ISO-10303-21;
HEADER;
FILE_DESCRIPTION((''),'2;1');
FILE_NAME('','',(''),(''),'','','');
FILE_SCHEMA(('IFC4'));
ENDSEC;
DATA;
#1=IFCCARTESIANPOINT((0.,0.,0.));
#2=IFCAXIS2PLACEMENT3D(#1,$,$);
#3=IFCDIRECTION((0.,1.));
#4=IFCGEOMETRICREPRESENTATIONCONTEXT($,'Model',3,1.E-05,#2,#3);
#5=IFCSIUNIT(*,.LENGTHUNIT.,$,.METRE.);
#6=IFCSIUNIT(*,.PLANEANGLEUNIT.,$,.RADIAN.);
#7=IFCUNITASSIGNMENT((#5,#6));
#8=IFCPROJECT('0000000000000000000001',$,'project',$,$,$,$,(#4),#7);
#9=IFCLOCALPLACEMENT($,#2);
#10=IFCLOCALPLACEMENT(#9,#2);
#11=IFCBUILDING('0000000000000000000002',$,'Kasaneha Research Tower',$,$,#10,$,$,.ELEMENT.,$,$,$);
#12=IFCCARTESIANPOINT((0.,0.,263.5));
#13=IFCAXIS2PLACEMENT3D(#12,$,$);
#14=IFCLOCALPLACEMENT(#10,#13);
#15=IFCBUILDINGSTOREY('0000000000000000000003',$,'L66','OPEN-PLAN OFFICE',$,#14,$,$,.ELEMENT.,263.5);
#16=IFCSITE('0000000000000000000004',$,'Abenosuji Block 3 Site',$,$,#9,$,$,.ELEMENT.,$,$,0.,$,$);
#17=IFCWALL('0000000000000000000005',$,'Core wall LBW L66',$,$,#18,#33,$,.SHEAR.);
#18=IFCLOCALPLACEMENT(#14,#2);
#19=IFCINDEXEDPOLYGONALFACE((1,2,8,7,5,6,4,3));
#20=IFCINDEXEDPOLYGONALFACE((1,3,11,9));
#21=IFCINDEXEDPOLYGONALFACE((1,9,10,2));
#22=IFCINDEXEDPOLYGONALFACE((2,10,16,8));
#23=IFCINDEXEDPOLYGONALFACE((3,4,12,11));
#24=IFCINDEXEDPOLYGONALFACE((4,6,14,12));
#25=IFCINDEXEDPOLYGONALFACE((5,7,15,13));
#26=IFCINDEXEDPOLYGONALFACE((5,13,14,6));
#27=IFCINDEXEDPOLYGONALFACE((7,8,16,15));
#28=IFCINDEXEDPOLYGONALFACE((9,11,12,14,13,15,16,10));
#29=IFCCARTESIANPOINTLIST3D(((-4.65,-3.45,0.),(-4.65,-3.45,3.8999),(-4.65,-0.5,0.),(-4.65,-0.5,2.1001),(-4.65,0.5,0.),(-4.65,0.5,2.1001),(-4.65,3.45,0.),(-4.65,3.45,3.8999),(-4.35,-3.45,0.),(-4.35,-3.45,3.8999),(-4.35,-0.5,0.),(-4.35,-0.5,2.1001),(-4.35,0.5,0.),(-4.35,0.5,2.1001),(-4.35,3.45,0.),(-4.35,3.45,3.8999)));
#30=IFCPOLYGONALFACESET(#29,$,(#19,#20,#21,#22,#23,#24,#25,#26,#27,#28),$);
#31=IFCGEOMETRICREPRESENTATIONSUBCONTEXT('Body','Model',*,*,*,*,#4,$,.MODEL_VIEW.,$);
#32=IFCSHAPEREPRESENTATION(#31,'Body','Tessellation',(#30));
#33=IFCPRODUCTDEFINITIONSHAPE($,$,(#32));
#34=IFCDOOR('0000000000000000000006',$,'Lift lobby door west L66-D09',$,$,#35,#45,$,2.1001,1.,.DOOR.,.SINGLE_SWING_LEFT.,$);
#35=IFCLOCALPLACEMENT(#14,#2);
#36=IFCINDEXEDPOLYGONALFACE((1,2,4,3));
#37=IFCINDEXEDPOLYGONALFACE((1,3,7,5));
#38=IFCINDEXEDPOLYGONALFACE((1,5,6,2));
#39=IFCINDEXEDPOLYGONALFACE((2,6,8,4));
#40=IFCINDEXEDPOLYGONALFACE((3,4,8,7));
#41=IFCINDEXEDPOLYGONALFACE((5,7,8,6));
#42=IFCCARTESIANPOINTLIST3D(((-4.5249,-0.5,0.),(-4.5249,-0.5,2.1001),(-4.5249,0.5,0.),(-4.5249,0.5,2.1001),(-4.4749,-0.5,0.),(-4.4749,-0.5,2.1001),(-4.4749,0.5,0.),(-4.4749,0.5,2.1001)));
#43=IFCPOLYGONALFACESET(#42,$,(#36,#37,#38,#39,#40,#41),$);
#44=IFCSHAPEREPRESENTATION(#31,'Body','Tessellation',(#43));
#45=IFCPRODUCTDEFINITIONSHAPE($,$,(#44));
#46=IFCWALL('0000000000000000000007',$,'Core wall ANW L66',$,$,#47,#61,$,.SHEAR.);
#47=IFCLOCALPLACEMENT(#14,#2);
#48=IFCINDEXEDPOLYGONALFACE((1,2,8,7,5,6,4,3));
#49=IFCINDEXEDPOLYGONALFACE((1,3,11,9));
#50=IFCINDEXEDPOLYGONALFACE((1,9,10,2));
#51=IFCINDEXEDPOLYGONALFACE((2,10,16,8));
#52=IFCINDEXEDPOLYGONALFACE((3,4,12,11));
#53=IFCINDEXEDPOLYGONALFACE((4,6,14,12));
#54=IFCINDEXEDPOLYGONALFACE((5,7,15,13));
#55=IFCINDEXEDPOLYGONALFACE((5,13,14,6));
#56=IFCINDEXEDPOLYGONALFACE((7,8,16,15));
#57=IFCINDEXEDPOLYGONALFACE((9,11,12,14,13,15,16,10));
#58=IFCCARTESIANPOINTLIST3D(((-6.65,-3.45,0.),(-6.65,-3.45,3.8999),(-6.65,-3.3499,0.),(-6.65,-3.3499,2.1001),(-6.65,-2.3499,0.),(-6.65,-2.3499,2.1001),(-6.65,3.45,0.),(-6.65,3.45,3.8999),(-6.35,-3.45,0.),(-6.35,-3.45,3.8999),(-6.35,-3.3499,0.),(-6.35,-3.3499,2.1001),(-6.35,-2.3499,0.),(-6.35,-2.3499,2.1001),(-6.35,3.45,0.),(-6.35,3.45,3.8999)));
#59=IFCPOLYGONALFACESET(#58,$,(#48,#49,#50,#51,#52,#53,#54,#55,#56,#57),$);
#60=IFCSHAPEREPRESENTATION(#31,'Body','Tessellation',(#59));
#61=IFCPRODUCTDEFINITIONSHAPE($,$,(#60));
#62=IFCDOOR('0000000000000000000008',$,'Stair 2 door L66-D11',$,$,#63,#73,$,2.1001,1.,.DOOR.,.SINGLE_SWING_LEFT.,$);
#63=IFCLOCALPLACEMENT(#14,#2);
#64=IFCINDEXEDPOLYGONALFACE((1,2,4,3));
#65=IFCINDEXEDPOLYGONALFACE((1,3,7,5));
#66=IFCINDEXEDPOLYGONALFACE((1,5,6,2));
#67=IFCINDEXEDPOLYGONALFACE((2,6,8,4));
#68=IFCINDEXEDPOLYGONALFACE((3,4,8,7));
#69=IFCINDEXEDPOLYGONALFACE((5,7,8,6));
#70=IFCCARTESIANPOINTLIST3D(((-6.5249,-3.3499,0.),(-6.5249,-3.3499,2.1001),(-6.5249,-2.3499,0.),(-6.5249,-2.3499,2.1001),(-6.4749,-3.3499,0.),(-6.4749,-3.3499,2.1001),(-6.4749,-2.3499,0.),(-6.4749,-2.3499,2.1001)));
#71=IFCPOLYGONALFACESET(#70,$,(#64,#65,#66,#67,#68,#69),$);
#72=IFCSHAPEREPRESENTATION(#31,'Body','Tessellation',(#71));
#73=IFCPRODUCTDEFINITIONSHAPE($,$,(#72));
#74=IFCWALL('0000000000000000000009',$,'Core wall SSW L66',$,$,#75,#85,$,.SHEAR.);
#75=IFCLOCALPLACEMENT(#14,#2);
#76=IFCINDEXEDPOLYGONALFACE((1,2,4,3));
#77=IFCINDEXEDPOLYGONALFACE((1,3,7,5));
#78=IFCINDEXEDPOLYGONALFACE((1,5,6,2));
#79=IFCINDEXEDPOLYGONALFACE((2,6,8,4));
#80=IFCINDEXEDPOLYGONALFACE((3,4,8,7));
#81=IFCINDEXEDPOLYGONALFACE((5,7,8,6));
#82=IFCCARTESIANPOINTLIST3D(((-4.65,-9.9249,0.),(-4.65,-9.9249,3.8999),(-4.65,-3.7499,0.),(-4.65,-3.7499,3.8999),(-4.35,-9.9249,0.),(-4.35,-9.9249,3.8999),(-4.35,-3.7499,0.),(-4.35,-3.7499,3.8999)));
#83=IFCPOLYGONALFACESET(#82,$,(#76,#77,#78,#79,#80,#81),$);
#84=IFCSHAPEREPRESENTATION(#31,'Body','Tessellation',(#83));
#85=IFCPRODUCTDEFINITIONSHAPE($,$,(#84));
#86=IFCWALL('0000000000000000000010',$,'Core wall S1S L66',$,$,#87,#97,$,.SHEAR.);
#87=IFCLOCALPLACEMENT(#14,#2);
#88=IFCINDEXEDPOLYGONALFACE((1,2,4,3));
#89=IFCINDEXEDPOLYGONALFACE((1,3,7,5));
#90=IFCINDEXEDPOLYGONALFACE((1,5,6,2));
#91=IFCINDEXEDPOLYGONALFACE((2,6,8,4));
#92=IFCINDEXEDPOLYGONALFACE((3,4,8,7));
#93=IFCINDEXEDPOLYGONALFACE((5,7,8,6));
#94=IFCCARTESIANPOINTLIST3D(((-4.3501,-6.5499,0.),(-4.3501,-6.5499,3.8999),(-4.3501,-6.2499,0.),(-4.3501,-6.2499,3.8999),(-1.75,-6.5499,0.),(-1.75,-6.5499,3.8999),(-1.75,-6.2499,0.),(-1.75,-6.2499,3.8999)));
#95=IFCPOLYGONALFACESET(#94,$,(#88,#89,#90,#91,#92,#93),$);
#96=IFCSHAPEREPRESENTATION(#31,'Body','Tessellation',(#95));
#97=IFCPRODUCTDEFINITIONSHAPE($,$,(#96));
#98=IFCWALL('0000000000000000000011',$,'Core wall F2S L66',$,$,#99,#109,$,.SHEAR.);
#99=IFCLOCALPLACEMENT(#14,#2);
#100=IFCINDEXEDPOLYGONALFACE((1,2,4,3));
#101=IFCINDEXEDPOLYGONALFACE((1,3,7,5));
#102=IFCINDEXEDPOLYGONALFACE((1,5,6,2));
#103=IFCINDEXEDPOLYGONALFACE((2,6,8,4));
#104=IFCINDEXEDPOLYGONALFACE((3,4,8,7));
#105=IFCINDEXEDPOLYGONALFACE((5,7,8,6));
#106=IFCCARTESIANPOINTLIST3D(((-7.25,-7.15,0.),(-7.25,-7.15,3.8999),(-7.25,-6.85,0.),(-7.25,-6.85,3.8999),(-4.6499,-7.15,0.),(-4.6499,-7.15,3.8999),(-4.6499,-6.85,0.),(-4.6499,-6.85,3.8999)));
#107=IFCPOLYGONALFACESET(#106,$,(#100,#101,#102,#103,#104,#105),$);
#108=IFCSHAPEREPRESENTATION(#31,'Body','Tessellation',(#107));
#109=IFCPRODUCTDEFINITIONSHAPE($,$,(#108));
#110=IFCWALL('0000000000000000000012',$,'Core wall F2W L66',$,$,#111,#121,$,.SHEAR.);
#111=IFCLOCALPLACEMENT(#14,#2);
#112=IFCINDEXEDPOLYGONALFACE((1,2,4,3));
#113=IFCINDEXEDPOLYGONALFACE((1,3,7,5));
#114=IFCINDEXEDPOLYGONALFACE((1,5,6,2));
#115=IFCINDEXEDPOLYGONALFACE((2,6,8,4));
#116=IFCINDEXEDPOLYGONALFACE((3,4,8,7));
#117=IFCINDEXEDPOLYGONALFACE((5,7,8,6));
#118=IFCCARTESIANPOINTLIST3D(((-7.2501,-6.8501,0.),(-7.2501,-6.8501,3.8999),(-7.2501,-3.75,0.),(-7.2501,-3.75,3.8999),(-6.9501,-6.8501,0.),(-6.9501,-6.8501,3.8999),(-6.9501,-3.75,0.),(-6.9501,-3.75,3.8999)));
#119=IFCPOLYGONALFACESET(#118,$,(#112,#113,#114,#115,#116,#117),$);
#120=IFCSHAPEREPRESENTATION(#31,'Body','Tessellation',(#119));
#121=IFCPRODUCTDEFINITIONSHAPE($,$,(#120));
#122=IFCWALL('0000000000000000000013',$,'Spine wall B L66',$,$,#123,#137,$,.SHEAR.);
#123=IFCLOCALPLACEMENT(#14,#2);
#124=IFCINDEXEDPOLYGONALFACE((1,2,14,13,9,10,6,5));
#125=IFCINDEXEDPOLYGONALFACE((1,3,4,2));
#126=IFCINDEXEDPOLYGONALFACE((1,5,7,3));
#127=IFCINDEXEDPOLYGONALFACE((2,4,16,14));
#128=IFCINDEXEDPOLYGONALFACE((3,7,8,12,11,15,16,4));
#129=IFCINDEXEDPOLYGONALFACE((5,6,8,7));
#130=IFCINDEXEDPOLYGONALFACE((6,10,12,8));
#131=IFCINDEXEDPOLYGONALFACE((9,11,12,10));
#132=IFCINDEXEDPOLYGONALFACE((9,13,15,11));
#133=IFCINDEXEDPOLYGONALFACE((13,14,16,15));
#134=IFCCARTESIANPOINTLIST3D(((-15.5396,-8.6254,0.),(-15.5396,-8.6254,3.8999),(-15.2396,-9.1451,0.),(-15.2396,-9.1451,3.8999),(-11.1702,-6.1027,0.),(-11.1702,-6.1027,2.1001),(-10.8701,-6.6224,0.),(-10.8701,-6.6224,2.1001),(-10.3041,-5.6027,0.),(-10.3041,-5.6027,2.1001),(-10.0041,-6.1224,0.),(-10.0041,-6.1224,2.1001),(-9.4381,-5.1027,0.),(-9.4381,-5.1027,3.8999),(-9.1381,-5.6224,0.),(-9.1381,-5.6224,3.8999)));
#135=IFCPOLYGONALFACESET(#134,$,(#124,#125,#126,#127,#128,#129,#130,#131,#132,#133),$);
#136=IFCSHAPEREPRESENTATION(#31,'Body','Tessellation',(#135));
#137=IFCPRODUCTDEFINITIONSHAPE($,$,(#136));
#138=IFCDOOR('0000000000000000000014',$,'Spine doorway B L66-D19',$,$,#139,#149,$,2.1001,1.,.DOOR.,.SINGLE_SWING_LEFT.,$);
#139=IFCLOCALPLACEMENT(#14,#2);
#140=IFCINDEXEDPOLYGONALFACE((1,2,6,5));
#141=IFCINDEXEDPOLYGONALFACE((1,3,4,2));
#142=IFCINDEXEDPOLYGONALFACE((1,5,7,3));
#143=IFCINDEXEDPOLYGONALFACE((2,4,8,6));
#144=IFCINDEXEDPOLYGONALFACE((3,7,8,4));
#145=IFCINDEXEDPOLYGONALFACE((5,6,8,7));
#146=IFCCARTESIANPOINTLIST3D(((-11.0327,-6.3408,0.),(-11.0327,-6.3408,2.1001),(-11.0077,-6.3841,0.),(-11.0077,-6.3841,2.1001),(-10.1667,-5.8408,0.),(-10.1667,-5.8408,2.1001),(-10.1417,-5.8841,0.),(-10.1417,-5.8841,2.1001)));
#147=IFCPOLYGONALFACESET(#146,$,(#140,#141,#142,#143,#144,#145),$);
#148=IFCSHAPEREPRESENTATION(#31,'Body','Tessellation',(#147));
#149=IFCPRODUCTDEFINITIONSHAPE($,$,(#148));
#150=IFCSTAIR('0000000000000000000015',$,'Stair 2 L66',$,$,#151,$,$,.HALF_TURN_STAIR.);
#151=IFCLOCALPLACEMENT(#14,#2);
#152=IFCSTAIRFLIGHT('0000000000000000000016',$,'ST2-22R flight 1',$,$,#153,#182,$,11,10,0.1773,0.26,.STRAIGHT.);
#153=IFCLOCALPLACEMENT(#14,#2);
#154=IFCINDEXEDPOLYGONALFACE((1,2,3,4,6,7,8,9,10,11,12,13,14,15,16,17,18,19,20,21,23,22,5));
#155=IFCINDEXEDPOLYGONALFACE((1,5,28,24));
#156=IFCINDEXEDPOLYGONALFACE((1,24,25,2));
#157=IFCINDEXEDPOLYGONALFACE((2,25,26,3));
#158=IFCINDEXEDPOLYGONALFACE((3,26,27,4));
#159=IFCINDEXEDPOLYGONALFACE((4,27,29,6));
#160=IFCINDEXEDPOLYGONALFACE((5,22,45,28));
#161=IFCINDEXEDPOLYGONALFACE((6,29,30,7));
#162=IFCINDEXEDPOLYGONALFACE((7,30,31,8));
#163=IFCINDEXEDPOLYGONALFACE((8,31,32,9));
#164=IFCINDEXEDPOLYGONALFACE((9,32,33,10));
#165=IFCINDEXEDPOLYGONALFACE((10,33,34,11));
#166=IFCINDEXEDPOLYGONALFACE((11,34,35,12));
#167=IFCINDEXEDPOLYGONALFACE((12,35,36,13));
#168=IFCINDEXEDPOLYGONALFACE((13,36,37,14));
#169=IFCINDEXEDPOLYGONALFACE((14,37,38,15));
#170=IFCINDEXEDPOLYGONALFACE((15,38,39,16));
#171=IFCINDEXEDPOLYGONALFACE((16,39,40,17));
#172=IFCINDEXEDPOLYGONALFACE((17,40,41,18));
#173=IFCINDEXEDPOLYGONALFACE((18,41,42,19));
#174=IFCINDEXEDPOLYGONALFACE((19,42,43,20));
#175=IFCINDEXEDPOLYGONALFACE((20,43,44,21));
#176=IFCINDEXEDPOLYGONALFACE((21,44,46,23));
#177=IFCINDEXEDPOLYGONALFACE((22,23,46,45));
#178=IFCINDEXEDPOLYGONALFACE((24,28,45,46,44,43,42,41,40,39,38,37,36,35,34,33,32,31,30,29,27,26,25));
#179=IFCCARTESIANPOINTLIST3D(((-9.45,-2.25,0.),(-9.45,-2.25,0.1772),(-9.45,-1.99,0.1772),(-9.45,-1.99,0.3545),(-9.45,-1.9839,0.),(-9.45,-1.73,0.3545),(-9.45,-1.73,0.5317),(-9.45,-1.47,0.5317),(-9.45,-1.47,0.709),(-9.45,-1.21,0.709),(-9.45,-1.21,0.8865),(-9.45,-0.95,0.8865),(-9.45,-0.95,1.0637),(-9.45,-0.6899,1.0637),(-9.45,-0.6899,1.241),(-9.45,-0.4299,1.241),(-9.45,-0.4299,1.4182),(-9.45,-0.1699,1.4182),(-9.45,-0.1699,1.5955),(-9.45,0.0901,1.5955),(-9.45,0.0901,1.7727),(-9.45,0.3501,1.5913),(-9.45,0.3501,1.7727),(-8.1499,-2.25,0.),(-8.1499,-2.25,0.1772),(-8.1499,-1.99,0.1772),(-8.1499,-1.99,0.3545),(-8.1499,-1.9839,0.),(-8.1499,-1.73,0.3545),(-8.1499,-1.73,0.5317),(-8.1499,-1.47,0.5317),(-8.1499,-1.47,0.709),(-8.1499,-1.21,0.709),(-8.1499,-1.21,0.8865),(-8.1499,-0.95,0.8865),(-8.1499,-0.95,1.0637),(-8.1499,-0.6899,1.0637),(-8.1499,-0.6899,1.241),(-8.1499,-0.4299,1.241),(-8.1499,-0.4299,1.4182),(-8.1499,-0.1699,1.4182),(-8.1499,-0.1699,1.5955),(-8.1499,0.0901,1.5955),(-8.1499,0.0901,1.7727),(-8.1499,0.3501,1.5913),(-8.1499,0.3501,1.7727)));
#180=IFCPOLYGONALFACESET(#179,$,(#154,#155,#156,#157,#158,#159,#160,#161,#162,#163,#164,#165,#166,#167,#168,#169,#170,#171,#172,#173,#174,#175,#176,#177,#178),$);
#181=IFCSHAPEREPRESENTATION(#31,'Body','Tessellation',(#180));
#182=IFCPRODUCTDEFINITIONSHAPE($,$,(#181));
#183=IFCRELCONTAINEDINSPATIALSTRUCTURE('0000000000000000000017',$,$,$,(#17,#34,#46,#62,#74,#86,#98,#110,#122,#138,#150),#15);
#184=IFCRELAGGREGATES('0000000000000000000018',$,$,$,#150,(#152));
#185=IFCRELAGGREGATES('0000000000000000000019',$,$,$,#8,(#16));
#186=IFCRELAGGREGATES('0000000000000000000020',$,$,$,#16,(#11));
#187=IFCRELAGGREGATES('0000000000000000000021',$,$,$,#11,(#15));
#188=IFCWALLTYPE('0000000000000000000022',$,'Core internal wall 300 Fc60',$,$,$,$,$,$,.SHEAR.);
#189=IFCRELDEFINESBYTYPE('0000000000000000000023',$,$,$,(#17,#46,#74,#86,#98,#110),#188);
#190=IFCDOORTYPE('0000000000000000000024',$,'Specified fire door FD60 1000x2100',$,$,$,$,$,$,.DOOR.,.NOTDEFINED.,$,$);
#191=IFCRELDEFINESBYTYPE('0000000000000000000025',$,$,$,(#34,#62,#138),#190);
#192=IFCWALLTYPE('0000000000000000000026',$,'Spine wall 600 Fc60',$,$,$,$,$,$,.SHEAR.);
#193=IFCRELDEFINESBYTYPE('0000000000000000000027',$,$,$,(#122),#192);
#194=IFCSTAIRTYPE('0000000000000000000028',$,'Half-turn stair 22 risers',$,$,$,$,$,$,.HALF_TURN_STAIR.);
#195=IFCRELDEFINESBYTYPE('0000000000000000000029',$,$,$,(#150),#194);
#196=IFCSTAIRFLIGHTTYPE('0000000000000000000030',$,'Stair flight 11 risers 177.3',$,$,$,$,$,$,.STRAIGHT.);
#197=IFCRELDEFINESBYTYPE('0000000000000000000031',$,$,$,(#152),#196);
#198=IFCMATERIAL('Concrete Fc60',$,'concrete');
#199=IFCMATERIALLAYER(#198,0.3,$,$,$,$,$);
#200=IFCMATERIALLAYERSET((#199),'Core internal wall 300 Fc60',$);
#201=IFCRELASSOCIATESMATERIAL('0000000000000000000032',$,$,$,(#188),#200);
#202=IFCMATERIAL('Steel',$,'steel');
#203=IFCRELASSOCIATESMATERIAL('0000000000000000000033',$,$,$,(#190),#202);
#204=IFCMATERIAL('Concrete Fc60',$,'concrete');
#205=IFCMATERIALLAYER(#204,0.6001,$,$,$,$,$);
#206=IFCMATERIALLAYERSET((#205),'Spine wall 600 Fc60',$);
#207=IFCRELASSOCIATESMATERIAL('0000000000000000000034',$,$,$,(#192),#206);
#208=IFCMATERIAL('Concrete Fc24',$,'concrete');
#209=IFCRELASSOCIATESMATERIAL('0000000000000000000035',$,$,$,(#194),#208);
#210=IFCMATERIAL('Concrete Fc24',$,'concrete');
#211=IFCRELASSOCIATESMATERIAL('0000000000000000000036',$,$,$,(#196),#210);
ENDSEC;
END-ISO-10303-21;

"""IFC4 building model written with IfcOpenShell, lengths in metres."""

from ifc_helpers import new_model, si_unit, direction, frame, frame_2d, origin, place, context, subcontext, project, spatial, polyline, rectangle, outline, extrude, material, layer, layer_set, type_object, element, fill, aggregate, save


model = new_model("IFC4")

# Units and contexts
model_context = context("Model", 3, precision=1e-05, world=origin(), true_north=direction((0.0, 1.0)))
body_context = subcontext(model_context, "Body", "Model", "MODEL_VIEW")
ifc_project = project(units=[si_unit("LENGTHUNIT", "METRE"), si_unit("PLANEANGLEUNIT", "RADIAN")], contexts=[model_context])

# Site, building, storey
site_placement = place(None, origin())
site = spatial("IfcSite", under=ifc_project, at=site_placement, Name="Abenosuji Block 3 Site", CompositionType="ELEMENT", RefElevation=0.0)
building_placement = place(site_placement, origin())
building = spatial("IfcBuilding", under=site, at=building_placement, Name="Kasaneha Research Tower", CompositionType="ELEMENT")
storey_placement = place(building_placement, frame((0.0, 0.0, 263.5)))
storey = spatial("IfcBuildingStorey", under=building, at=storey_placement, Name="L66", Description="OPEN-PLAN OFFICE", CompositionType="ELEMENT", Elevation=263.5)

# Walls, openings, doors
ifc_material_1 = material(Name="Concrete Fc60", Category="concrete")
ifc_layer_1 = layer(ifc_material_1, 0.3)
ifc_layer_set_1 = layer_set([ifc_layer_1], Name="Core internal wall 300 Fc60")
wall_type_1 = type_object("IfcWallType", Name="Core internal wall 300 Fc60", PredefinedType="SHEAR", material=ifc_layer_set_1)
wall_1_placement = place(storey_placement, frame((-4.5, -3.45, 0.0), z_axis=(0.0, 0.0, 1.0), x_axis=(0.0, 1.0, 0.0)))
wall_1 = element("IfcWall", 1, at=wall_1_placement, inside=storey, type_object=wall_type_1, Name="Core wall LBW L66", PredefinedType="SHEAR", context=body_context, shape_type="SweptSolid", body=[
    extrude(rectangle(XDim=6.8999, YDim=0.3, at=frame_2d((3.45, 0.0))), origin(), (0.0, 0.0, 1.0), 3.8999),
])
opening_1_placement = place(wall_1_placement, frame((2.95, 0.0, 0.0)))
opening_1 = element("IfcOpeningElement", 2, at=opening_1_placement, cuts=wall_1, PredefinedType="OPENING", context=body_context, shape_type="SweptSolid", body=[
    extrude(rectangle(XDim=1.0, YDim=2.1001, at=frame_2d((0.5, 1.05))), frame((0.0, 0.1602, 0.0), z_axis=(0.0, -1.0, 0.0), x_axis=(1.0, 0.0, 0.0)), (0.0, 0.0, 1.0), 0.3201),
])
ifc_material_2 = material(Name="Steel", Category="steel")
door_type_1 = type_object("IfcDoorType", Name="Specified fire door FD60 1000x2100", OperationType="NOTDEFINED", PredefinedType="DOOR", material=ifc_material_2)
door_1_placement = place(opening_1_placement, origin())
door_1 = element("IfcDoor", 3, at=door_1_placement, inside=storey, type_object=door_type_1, Name="Lift lobby door west L66-D09", OperationType="SINGLE_SWING_LEFT", OverallHeight=2.1001, OverallWidth=1.0, PredefinedType="DOOR", context=body_context, shape_type="SweptSolid", body=[
    extrude(rectangle(XDim=1.0, YDim=2.1001, at=frame_2d((0.5, 1.05))), frame((0.0, 0.0249, 0.0), z_axis=(0.0, -1.0, 0.0), x_axis=(1.0, 0.0, 0.0)), (0.0, 0.0, 1.0), 0.05),
])
fill(opening_1, door_1)
wall_2_placement = place(storey_placement, frame((-6.5, -3.45, 0.0), z_axis=(0.0, 0.0, 1.0), x_axis=(0.0, 1.0, 0.0)))
wall_2 = element("IfcWall", 4, at=wall_2_placement, inside=storey, type_object=wall_type_1, Name="Core wall ANW L66", PredefinedType="SHEAR", context=body_context, shape_type="SweptSolid", body=[
    extrude(rectangle(XDim=6.8999, YDim=0.3, at=frame_2d((3.45, 0.0))), origin(), (0.0, 0.0, 1.0), 3.8999),
])
opening_2_placement = place(wall_2_placement, frame((0.1001, 0.0, 0.0)))
opening_2 = element("IfcOpeningElement", 5, at=opening_2_placement, cuts=wall_2, PredefinedType="OPENING", context=body_context, shape_type="SweptSolid", body=[
    extrude(rectangle(XDim=1.0, YDim=2.1001, at=frame_2d((0.5, 1.05))), frame((0.0, 0.1602, 0.0), z_axis=(0.0, -1.0, 0.0), x_axis=(1.0, 0.0, 0.0)), (0.0, 0.0, 1.0), 0.3201),
])
door_2_placement = place(opening_2_placement, origin())
door_2 = element("IfcDoor", 6, at=door_2_placement, inside=storey, type_object=door_type_1, Name="Stair 2 door L66-D11", OperationType="SINGLE_SWING_LEFT", OverallHeight=2.1001, OverallWidth=1.0, PredefinedType="DOOR", context=body_context, shape_type="SweptSolid", body=[
    extrude(rectangle(XDim=1.0, YDim=2.1001, at=frame_2d((0.5, 1.05))), frame((0.0, 0.0249, 0.0), z_axis=(0.0, -1.0, 0.0), x_axis=(1.0, 0.0, 0.0)), (0.0, 0.0, 1.0), 0.05),
])
fill(opening_2, door_2)

# Walls
wall_3_placement = place(storey_placement, frame((-4.5, -3.75, 0.0), z_axis=(0.0, 0.0, 1.0), x_axis=(0.0, -1.0, 0.0)))
element("IfcWall", 7, at=wall_3_placement, inside=storey, type_object=wall_type_1, Name="Core wall SSW L66", PredefinedType="SHEAR", context=body_context, shape_type="SweptSolid", body=[
    extrude(rectangle(XDim=6.175, YDim=0.3, at=frame_2d((3.0874, 0.0))), origin(), (0.0, 0.0, 1.0), 3.8999),
])
for number, where, z_axis, x_axis, name in (
    (8, (-4.3501, -6.3999, 0.0), (0.0, 0.0, 1.0), (1.0, 0.0, 0.0), "Core wall S1S L66"),
    (9, (-7.25, -7.0, 0.0), (0.0, 0.0, 1.0), (1.0, 0.0, 0.0), "Core wall F2S L66"),
):
    element("IfcWall", number, at=place(storey_placement, frame(where, z_axis=z_axis, x_axis=x_axis)), inside=storey, type_object=wall_type_1, Name=name, PredefinedType="SHEAR", context=body_context, shape_type="SweptSolid", body=[
        extrude(rectangle(XDim=2.6001, YDim=0.3, at=frame_2d((1.3, 0.0))), origin(), (0.0, 0.0, 1.0), 3.8999),
    ])
wall_4_placement = place(storey_placement, frame((-7.1001, -3.75, 0.0), z_axis=(0.0, 0.0, 1.0), x_axis=(0.0, -1.0, 0.0)))
element("IfcWall", 10, at=wall_4_placement, inside=storey, type_object=wall_type_1, Name="Core wall F2W L66", PredefinedType="SHEAR", context=body_context, shape_type="SweptSolid", body=[
    extrude(rectangle(XDim=3.1001, YDim=0.3, at=frame_2d((1.55, 0.0))), origin(), (0.0, 0.0, 1.0), 3.8999),
])

# Wall, opening, door
ifc_material_3 = material(Name="Concrete Fc60", Category="concrete")
ifc_layer_2 = layer(ifc_material_3, 0.6001)
ifc_layer_set_2 = layer_set([ifc_layer_2], Name="Spine wall 600 Fc60")
wall_type_2 = type_object("IfcWallType", Name="Spine wall 600 Fc60", PredefinedType="SHEAR", material=ifc_layer_set_2)
wall_5_placement = place(storey_placement, frame((-9.2881, -5.3625, 0.0), z_axis=(0.0, 0.0, 1.0), x_axis=(-0.866027, -0.499996, 0.0)))
wall_5 = element("IfcWall", 11, at=wall_5_placement, inside=storey, type_object=wall_type_2, Name="Spine wall B L66", PredefinedType="SHEAR", context=body_context, shape_type="SweptSolid", body=[
    extrude(rectangle(XDim=7.0454, YDim=0.6001, at=frame_2d((3.5227, 0.0))), origin(), (0.0, 0.0, 1.0), 3.8999),
])
opening_3_placement = place(wall_5_placement, frame((1.0, 0.0, 0.0)))
opening_3 = element("IfcOpeningElement", 12, at=opening_3_placement, cuts=wall_5, PredefinedType="OPENING", context=body_context, shape_type="SweptSolid", body=[
    extrude(rectangle(XDim=1.0, YDim=2.1001, at=frame_2d((0.5, 1.05))), frame((0.0, 0.3101, 0.0), z_axis=(0.0, -1.0, 0.0), x_axis=(1.0, 0.0, 0.0)), (0.0, 0.0, 1.0), 0.6201),
])
door_3_placement = place(opening_3_placement, origin())
door_3 = element("IfcDoor", 13, at=door_3_placement, inside=storey, type_object=door_type_1, Name="Spine doorway B L66-D19", OperationType="SINGLE_SWING_LEFT", OverallHeight=2.1001, OverallWidth=1.0, PredefinedType="DOOR", context=body_context, shape_type="SweptSolid", body=[
    extrude(rectangle(XDim=1.0, YDim=2.1001, at=frame_2d((0.5, 1.05))), frame((0.0, 0.0249, 0.0), z_axis=(0.0, -1.0, 0.0), x_axis=(1.0, 0.0, 0.0)), (0.0, 0.0, 1.0), 0.05),
])
fill(opening_3, door_3)

# Stair, stair flight
ifc_material_4 = material(Name="Concrete Fc24", Category="concrete")
stair_type = type_object("IfcStairType", Name="Half-turn stair 22 risers", PredefinedType="HALF_TURN_STAIR", material=ifc_material_4)
stair_placement = place(storey_placement, origin())
stair = element("IfcStair", 14, at=stair_placement, inside=storey, type_object=stair_type, Name="Stair 2 L66", PredefinedType="HALF_TURN_STAIR")
ifc_material_5 = material(Name="Concrete Fc24", Category="concrete")
stair_flight_type = type_object("IfcStairFlightType", Name="Stair flight 11 risers 177.3", PredefinedType="STRAIGHT", material=ifc_material_5)
stair_flight_placement = place(storey_placement, frame((-8.8, -2.25, 0.0), z_axis=(0.0, 0.0, 1.0), x_axis=(0.0, 1.0, 0.0)))
stair_flight = element("IfcStairFlight", 15, at=stair_flight_placement, type_object=stair_flight_type, Name="ST2-22R flight 1", NumberOfRisers=11, NumberOfTreads=10, PredefinedType="STRAIGHT", RiserHeight=0.1773, TreadLength=0.26, context=body_context, shape_type="SweptSolid", body=[
    extrude(outline(polyline([(0.0, 0.0), (0.0, 0.1772), (0.26, 0.1772), (0.26, 0.3545), (0.52, 0.3545), (0.52, 0.5317), (0.78, 0.5317), (0.78, 0.709), (1.04, 0.709), (1.04, 0.8865), (1.3, 0.8865), (1.3, 1.0637), (1.5601, 1.0637), (1.5601, 1.241), (1.8201, 1.241), (1.8201, 1.4182), (2.0801, 1.4182), (2.0801, 1.5955), (2.3401, 1.5955), (2.3401, 1.7727), (2.6001, 1.7727), (2.6001, 1.95), (2.6001, 1.5913), (0.2661, 0.0), (0.0, 0.0)])), frame((0.0, 0.6499, 0.0), z_axis=(0.0, -1.0, 0.0), x_axis=(1.0, 0.0, 0.0)), (0.0, 0.0, 1.0), 1.3),
])
aggregate(stair, [stair_flight])

save(model, "model.ifc")
